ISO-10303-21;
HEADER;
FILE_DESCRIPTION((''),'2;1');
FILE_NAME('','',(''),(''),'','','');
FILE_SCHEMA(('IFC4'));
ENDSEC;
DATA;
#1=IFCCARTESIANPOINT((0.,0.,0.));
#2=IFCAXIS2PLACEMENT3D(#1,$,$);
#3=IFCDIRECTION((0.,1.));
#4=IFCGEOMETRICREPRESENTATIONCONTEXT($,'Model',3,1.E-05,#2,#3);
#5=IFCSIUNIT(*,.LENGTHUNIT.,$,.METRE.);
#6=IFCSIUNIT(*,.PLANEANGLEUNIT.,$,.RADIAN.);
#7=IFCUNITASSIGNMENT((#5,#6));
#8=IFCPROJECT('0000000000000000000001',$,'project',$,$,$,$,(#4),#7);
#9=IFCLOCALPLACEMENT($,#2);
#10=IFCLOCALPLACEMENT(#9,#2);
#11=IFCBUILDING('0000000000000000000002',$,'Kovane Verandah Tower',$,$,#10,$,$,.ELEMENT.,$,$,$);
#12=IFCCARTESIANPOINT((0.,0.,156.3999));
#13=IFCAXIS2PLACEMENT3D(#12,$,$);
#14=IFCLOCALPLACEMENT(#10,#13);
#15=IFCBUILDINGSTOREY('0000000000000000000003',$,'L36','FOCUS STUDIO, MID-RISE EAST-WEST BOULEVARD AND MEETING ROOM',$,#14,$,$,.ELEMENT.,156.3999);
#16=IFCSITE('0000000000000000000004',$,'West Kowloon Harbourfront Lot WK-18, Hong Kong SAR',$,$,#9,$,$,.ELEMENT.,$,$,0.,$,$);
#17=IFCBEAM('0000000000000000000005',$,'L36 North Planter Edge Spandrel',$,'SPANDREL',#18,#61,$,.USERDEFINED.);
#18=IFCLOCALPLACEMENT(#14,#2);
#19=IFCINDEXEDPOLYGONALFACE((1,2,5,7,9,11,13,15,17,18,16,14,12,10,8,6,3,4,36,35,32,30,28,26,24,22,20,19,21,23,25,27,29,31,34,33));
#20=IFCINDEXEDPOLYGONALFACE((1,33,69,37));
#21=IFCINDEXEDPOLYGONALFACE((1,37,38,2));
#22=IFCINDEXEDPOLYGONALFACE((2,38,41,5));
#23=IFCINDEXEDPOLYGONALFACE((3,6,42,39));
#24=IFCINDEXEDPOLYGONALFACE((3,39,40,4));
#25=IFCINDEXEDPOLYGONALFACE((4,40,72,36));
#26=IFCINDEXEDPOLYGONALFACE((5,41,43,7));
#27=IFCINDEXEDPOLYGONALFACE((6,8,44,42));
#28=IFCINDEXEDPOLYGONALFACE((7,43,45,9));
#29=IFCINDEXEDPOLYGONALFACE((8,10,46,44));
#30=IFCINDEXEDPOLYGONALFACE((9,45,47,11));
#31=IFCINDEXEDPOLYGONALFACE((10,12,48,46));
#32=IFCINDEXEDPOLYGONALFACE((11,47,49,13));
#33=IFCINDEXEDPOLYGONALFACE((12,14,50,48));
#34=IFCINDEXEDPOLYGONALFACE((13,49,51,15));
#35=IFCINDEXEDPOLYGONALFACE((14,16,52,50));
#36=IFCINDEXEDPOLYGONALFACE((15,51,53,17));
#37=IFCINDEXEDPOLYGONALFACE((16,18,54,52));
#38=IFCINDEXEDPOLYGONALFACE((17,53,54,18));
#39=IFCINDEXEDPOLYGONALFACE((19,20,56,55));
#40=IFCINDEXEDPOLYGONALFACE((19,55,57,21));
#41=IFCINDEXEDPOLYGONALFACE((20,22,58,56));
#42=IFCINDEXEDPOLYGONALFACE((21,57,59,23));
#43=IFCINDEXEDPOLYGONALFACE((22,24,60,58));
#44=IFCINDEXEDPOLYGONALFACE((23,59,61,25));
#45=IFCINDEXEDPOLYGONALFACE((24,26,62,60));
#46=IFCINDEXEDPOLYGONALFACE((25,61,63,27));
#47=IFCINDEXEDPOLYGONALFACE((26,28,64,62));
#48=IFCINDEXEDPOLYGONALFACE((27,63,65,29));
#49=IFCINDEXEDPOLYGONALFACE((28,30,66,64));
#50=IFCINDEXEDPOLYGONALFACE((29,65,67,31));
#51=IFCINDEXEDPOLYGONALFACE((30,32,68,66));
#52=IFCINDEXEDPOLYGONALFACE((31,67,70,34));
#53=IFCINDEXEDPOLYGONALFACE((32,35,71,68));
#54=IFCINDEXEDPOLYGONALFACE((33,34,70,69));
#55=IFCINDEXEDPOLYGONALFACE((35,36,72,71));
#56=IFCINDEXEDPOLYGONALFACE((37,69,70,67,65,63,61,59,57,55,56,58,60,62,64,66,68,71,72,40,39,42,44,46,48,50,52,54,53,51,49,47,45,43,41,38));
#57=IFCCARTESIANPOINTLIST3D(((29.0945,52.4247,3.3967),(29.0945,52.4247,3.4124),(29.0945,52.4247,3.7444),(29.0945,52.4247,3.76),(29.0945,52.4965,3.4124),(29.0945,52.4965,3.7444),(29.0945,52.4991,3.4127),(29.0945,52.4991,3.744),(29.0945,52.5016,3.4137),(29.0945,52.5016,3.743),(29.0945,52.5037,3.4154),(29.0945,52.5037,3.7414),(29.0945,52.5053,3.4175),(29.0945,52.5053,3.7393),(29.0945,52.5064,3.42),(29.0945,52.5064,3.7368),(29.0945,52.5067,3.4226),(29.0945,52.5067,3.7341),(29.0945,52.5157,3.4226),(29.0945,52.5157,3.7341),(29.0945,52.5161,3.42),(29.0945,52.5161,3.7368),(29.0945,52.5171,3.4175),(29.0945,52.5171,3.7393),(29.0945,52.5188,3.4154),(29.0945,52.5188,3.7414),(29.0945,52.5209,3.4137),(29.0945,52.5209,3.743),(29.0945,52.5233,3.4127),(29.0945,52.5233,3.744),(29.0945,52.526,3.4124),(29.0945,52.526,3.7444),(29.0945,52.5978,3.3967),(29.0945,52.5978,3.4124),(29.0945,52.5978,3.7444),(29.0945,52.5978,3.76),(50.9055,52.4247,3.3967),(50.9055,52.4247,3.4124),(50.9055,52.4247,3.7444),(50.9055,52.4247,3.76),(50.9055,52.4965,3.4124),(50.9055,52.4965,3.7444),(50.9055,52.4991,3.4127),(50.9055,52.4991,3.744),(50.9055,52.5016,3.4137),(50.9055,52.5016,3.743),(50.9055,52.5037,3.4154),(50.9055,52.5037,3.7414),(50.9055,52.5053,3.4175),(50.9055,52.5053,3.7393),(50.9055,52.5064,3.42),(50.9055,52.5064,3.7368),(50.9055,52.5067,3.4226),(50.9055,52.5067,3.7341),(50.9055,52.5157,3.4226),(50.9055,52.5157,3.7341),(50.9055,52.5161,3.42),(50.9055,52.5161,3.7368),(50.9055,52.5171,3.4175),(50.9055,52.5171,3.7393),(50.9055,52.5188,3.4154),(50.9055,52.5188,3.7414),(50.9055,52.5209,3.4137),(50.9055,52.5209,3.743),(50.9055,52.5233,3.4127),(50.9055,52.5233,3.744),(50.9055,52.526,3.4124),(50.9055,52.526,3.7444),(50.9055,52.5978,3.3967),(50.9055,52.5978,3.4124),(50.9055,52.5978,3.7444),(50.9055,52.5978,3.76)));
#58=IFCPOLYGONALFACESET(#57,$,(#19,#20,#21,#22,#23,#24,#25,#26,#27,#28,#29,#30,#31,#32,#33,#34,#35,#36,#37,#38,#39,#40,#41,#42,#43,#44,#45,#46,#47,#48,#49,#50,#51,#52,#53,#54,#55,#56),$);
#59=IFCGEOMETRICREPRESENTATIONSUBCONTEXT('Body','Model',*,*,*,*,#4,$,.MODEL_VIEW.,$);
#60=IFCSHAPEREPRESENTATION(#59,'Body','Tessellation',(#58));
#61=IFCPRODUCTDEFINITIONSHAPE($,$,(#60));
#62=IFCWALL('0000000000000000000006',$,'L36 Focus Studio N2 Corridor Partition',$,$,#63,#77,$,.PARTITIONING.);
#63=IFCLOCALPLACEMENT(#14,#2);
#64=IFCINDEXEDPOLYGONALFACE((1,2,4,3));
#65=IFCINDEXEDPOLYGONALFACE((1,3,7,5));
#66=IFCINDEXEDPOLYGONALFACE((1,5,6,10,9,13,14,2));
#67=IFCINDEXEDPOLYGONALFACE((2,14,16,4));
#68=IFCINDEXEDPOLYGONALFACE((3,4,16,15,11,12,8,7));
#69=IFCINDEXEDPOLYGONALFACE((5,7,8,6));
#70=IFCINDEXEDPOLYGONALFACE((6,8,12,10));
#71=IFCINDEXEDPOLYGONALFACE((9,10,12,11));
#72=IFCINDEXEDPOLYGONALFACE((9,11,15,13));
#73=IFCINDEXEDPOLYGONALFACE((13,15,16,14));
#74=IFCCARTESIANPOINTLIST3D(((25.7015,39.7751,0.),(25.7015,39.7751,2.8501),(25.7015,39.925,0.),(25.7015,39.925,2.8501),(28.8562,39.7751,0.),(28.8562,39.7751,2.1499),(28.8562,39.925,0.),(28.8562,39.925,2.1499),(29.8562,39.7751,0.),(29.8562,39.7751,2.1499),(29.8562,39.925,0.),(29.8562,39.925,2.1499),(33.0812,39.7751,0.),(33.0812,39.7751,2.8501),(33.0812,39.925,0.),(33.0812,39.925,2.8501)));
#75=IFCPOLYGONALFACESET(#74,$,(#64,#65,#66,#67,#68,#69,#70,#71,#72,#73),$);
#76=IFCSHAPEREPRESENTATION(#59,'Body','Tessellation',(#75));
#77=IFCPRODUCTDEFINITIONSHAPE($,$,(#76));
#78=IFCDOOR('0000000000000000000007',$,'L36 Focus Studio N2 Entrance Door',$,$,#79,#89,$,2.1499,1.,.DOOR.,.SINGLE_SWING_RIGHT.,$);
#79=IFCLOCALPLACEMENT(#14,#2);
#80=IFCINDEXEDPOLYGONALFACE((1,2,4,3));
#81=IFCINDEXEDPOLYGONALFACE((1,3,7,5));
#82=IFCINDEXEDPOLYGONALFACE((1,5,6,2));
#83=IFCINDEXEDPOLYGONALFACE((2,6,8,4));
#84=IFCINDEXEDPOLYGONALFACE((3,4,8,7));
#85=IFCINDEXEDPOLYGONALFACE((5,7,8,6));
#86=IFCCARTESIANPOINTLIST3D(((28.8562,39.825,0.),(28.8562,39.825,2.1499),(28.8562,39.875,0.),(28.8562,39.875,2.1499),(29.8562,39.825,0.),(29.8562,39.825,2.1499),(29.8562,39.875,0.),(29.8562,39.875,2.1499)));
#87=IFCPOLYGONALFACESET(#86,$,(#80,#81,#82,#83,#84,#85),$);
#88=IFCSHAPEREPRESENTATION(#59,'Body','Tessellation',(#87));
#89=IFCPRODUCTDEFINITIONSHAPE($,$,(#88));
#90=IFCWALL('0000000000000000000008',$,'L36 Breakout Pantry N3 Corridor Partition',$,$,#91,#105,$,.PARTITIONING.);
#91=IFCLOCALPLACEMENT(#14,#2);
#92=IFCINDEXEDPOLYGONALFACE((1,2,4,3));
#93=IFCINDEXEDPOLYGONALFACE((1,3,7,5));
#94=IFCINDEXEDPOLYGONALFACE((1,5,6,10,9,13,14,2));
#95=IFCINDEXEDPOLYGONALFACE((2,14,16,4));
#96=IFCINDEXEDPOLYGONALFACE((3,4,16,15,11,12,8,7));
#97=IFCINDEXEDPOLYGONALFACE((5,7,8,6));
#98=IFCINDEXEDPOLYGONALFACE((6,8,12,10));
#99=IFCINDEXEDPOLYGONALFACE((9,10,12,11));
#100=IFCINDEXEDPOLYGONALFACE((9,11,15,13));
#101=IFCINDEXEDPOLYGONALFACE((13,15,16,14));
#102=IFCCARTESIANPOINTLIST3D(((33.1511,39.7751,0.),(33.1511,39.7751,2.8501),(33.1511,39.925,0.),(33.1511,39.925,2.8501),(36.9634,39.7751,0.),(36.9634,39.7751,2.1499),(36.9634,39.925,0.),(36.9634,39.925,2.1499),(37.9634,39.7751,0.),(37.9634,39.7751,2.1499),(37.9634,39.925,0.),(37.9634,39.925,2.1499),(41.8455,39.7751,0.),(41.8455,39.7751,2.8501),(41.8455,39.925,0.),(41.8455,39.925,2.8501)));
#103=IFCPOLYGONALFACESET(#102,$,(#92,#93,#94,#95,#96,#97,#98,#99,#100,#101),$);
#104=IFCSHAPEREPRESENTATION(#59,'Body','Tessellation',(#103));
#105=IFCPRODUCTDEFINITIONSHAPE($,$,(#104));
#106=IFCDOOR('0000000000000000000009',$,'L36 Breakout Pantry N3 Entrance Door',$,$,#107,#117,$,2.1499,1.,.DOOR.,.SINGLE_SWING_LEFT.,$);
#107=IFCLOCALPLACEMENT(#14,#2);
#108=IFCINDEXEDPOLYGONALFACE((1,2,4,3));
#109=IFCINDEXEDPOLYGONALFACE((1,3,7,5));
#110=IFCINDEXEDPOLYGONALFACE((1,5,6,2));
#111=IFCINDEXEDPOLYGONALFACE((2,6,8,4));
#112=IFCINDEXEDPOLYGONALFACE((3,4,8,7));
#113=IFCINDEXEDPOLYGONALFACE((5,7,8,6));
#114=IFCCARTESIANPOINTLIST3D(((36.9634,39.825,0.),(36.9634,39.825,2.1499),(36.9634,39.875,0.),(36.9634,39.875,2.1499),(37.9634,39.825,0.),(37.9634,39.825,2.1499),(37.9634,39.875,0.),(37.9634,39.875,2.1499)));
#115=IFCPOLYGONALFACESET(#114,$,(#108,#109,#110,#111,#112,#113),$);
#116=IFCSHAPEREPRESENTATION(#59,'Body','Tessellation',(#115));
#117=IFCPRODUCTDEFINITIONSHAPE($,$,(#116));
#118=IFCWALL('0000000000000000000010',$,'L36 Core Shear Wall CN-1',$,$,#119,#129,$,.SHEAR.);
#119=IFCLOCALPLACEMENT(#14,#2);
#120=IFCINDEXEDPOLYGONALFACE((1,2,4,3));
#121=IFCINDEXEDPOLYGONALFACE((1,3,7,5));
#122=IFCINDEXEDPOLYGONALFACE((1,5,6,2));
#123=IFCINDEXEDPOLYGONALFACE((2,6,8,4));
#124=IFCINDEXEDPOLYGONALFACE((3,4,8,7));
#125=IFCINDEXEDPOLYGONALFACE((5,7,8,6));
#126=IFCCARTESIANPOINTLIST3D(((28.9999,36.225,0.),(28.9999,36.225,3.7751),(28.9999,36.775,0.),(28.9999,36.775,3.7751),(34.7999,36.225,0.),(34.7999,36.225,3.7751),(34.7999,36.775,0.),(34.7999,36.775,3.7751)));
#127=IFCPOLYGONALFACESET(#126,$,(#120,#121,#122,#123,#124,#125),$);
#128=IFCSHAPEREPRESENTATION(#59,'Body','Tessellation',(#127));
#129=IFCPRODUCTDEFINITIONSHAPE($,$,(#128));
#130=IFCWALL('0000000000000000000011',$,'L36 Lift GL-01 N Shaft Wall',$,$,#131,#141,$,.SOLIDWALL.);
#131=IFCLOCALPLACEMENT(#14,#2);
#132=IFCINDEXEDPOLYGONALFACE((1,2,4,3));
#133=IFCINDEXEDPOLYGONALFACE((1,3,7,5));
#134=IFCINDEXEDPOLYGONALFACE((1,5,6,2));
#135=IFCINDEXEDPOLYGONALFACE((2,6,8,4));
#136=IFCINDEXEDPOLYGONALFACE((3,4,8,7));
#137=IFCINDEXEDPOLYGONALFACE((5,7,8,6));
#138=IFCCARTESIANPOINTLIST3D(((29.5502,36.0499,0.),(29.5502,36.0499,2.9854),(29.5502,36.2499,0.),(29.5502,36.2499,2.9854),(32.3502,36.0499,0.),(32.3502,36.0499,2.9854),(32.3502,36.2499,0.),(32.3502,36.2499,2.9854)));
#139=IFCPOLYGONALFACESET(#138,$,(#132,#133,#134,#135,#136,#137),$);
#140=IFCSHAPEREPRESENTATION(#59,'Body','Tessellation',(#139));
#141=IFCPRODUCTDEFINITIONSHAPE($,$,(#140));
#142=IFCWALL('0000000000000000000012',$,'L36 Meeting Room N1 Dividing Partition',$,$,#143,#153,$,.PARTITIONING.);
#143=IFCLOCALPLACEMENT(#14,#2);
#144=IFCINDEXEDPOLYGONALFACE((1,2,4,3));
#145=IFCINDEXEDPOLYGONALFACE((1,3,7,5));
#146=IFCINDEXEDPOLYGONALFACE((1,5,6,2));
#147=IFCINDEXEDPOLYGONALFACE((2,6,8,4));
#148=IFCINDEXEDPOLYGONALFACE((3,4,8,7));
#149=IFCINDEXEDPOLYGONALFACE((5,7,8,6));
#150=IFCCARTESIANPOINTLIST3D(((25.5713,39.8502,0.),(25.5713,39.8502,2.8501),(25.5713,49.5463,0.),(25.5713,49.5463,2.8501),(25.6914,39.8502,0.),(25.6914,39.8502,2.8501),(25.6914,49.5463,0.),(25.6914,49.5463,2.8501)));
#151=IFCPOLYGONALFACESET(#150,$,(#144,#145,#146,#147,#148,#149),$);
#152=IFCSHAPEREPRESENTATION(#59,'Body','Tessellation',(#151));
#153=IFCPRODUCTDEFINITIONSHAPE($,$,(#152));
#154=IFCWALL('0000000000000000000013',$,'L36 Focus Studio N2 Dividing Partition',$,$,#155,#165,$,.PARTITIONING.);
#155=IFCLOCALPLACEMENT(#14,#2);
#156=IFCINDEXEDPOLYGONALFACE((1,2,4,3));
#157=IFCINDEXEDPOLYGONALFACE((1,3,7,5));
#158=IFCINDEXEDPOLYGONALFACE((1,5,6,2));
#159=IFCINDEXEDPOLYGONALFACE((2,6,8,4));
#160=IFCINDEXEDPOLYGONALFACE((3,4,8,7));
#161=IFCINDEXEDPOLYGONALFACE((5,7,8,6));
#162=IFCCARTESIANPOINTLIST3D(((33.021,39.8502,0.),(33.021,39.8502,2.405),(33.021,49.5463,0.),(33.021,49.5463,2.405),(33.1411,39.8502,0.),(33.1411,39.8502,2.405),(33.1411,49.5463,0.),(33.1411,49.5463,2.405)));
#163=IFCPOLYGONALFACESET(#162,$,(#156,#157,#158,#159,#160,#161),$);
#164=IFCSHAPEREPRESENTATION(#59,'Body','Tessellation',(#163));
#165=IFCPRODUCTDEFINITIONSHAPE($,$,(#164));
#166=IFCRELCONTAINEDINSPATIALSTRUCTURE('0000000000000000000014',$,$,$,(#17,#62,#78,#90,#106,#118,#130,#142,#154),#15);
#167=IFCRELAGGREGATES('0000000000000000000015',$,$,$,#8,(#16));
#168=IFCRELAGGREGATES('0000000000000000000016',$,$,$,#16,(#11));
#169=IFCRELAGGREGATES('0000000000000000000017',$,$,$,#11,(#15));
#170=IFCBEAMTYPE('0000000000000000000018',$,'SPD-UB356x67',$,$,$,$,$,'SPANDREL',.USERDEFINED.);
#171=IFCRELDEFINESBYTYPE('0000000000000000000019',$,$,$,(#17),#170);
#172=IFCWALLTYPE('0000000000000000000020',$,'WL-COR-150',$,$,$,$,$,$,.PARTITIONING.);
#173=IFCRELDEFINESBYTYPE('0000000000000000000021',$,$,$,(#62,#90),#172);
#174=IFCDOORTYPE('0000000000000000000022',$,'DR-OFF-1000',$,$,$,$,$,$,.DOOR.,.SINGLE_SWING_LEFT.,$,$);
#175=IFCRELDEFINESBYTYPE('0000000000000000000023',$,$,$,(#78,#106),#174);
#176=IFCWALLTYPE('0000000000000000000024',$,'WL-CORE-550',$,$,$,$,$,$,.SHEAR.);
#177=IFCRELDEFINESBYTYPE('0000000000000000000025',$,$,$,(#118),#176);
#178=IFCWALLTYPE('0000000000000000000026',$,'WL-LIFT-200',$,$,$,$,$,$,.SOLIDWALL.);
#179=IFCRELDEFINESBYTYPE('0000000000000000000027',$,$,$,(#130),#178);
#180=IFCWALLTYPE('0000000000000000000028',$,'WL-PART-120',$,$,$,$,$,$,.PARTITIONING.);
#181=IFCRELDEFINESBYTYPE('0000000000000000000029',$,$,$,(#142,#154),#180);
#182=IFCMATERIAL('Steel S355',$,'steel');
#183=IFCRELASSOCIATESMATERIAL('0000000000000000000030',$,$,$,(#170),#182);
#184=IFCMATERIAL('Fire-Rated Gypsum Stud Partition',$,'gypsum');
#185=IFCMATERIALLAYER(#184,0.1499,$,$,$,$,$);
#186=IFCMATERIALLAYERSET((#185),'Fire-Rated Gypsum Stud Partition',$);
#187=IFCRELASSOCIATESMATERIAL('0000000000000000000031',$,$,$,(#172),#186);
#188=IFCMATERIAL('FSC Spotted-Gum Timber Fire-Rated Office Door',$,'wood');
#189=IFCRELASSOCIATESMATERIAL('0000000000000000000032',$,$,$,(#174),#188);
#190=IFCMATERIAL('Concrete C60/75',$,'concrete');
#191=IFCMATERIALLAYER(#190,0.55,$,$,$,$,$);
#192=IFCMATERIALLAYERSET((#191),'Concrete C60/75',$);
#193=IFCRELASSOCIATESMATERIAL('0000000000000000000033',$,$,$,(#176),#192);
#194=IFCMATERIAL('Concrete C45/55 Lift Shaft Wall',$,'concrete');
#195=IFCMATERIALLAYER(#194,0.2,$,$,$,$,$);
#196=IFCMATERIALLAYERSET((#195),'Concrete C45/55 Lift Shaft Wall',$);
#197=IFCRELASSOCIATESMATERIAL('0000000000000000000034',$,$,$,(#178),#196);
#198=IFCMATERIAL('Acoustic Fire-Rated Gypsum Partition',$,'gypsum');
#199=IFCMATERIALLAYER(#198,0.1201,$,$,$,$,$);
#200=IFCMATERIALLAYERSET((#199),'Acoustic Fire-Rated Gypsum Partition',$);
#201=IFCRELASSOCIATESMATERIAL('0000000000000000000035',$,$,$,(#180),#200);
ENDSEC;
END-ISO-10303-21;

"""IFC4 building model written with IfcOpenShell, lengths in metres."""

from ifc_helpers import new_model, si_unit, direction, frame, frame_2d, origin, origin_2d, place, context, subcontext, project, spatial, rectangle, i_section, extrude, material, layer, layer_set, material_profile, profile_set, type_object, element, fill, save


model = new_model("IFC4")

# Units and contexts
model_context = context("Model", 3, precision=1e-05, world=origin(), true_north=direction((0.0, 1.0)))
body_context = subcontext(model_context, "Body", "Model", "MODEL_VIEW")
ifc_project = project(units=[si_unit("LENGTHUNIT", "METRE"), si_unit("PLANEANGLEUNIT", "RADIAN")], contexts=[model_context])

# Site, building, storey
site_placement = place(None, origin())
site = spatial("IfcSite", under=ifc_project, at=site_placement, Name="West Kowloon Harbourfront Lot WK-18, Hong Kong SAR", CompositionType="ELEMENT", RefElevation=0.0)
building_placement = place(site_placement, origin())
building = spatial("IfcBuilding", under=site, at=building_placement, Name="Kovane Verandah Tower", CompositionType="ELEMENT")
storey_placement = place(building_placement, frame((0.0, 0.0, 156.3999)))
storey = spatial("IfcBuildingStorey", under=building, at=storey_placement, Name="L36", Description="FOCUS STUDIO, MID-RISE EAST-WEST BOULEVARD AND MEETING ROOM", CompositionType="ELEMENT", Elevation=156.3999)

# Beam
ifc_material_1 = material(Name="Concrete C60/75", Category="concrete")
ifc_material_2 = material(Name="Steel S355", Category="steel")
ifc_material_profile_1 = material_profile(ifc_material_2, i_section(OverallWidth=0.1731, OverallDepth=0.3633, WebThickness=0.009, FlangeThickness=0.0156, FilletRadius=0.0103, at=origin_2d()), Name="UB356x171x67")
ifc_profile_set_1 = profile_set([ifc_material_profile_1], Name="Steel S355")
beam_type_1 = type_object("IfcBeamType", Name="SPD-UB356x67", ElementType="SPANDREL", PredefinedType="USERDEFINED", material=ifc_profile_set_1)
beam_1_placement = place(storey_placement, frame((29.0945, 52.5112, 3.5784), z_axis=(1.0, 0.0, 0.0), x_axis=(0.0, 1.0, 0.0)))
element("IfcBeam", 1, at=beam_1_placement, inside=storey, type_object=beam_type_1, Name="L36 North Planter Edge Spandrel", ObjectType="SPANDREL", PredefinedType="USERDEFINED", context=body_context, shape_type="SweptSolid", body=[
    extrude(i_section(OverallWidth=0.1731, OverallDepth=0.3633, WebThickness=0.009, FlangeThickness=0.0156, FilletRadius=0.0103, at=origin_2d()), origin(), (0.0, 0.0, 1.0), 21.811),
])

# Walls, openings, doors
ifc_material_3 = material(Name="Fire-Rated Gypsum Stud Partition", Category="gypsum")
ifc_layer_1 = layer(ifc_material_3, 0.1499)
ifc_layer_set_1 = layer_set([ifc_layer_1], Name="Fire-Rated Gypsum Stud Partition")
wall_type_1 = type_object("IfcWallType", Name="WL-COR-150", PredefinedType="PARTITIONING", material=ifc_layer_set_1)
wall_1_placement = place(storey_placement, frame((25.7014, 39.8501, 0.0), z_axis=(0.0, 0.0, 1.0), x_axis=(1.0, 0.0, 0.0)))
wall_1 = element("IfcWall", 2, at=wall_1_placement, inside=storey, type_object=wall_type_1, Name="L36 Focus Studio N2 Corridor Partition", PredefinedType="PARTITIONING", context=body_context, shape_type="SweptSolid", body=[
    extrude(rectangle(XDim=7.3796, YDim=0.1499, at=frame_2d((3.6899, 0.0))), origin(), (0.0, 0.0, 1.0), 2.8501),
])
opening_1_placement = place(wall_1_placement, frame((3.1548, 0.0, 0.0)))
opening_1 = element("IfcOpeningElement", 3, at=opening_1_placement, cuts=wall_1, PredefinedType="OPENING", context=body_context, shape_type="SweptSolid", body=[
    extrude(rectangle(XDim=1.0, YDim=2.1499, at=frame_2d((0.5, 1.075))), frame((0.0, 0.075, 0.0), z_axis=(0.0, -1.0, 0.0), x_axis=(1.0, 0.0, 0.0)), (0.0, 0.0, 1.0), 0.1499),
])
ifc_material_4 = material(Name="FSC Spotted-Gum Timber Fire-Rated Office Door", Category="wood")
door_type_1 = type_object("IfcDoorType", Name="DR-OFF-1000", OperationType="SINGLE_SWING_LEFT", PredefinedType="DOOR", material=ifc_material_4)
door_1_placement = place(opening_1_placement, origin())
door_1 = element("IfcDoor", 4, at=door_1_placement, inside=storey, type_object=door_type_1, Name="L36 Focus Studio N2 Entrance Door", OperationType="SINGLE_SWING_RIGHT", OverallHeight=2.1499, OverallWidth=1.0, PredefinedType="DOOR", context=body_context, shape_type="SweptSolid", body=[
    extrude(rectangle(XDim=1.0, YDim=2.1499, at=frame_2d((0.5, 1.075))), frame((0.0, 0.0249, 0.0), z_axis=(0.0, -1.0, 0.0), x_axis=(1.0, 0.0, 0.0)), (0.0, 0.0, 1.0), 0.05),
])
fill(opening_1, door_1)
wall_2_placement = place(storey_placement, frame((33.1511, 39.8501, 0.0), z_axis=(0.0, 0.0, 1.0), x_axis=(1.0, 0.0, 0.0)))
wall_2 = element("IfcWall", 5, at=wall_2_placement, inside=storey, type_object=wall_type_1, Name="L36 Breakout Pantry N3 Corridor Partition", PredefinedType="PARTITIONING", context=body_context, shape_type="SweptSolid", body=[
    extrude(rectangle(XDim=8.6943, YDim=0.1499, at=frame_2d((4.3472, 0.0))), origin(), (0.0, 0.0, 1.0), 2.8501),
])
opening_2_placement = place(wall_2_placement, frame((3.8123, 0.0, 0.0)))
opening_2 = element("IfcOpeningElement", 6, at=opening_2_placement, cuts=wall_2, PredefinedType="OPENING", context=body_context, shape_type="SweptSolid", body=[
    extrude(rectangle(XDim=1.0, YDim=2.1499, at=frame_2d((0.5, 1.075))), frame((0.0, 0.075, 0.0), z_axis=(0.0, -1.0, 0.0), x_axis=(1.0, 0.0, 0.0)), (0.0, 0.0, 1.0), 0.1499),
])
door_2_placement = place(opening_2_placement, origin())
door_2 = element("IfcDoor", 7, at=door_2_placement, inside=storey, type_object=door_type_1, Name="L36 Breakout Pantry N3 Entrance Door", OperationType="SINGLE_SWING_LEFT", OverallHeight=2.1499, OverallWidth=1.0, PredefinedType="DOOR", context=body_context, shape_type="SweptSolid", body=[
    extrude(rectangle(XDim=1.0, YDim=2.1499, at=frame_2d((0.5, 1.075))), frame((0.0, 0.0249, 0.0), z_axis=(0.0, -1.0, 0.0), x_axis=(1.0, 0.0, 0.0)), (0.0, 0.0, 1.0), 0.05),
])
fill(opening_2, door_2)

# Wall
ifc_layer_2 = layer(ifc_material_1, 0.55)
ifc_layer_set_2 = layer_set([ifc_layer_2], Name="Concrete C60/75")
wall_type_2 = type_object("IfcWallType", Name="WL-CORE-550", PredefinedType="SHEAR", material=ifc_layer_set_2)
wall_3_placement = place(storey_placement, frame((29.0, 36.5, 0.0), z_axis=(0.0, 0.0, 1.0), x_axis=(1.0, 0.0, 0.0)))
element("IfcWall", 8, at=wall_3_placement, inside=storey, type_object=wall_type_2, Name="L36 Core Shear Wall CN-1", PredefinedType="SHEAR", context=body_context, shape_type="SweptSolid", body=[
    extrude(rectangle(XDim=5.8, YDim=0.55, at=frame_2d((2.8999, 0.0))), origin(), (0.0, 0.0, 1.0), 3.7751),
])

# Walls
ifc_material_5 = material(Name="Concrete C45/55 Lift Shaft Wall", Category="concrete")
ifc_layer_3 = layer(ifc_material_5, 0.2)
ifc_layer_set_3 = layer_set([ifc_layer_3], Name="Concrete C45/55 Lift Shaft Wall")
wall_type_3 = type_object("IfcWallType", Name="WL-LIFT-200", PredefinedType="SOLIDWALL", material=ifc_layer_set_3)
wall_4_placement = place(storey_placement, frame((32.3501, 36.1499, 0.0), z_axis=(0.0, 0.0, 1.0), x_axis=(-1.0, 0.0, 0.0)))
element("IfcWall", 9, at=wall_4_placement, inside=storey, type_object=wall_type_3, Name="L36 Lift GL-01 N Shaft Wall", PredefinedType="SOLIDWALL", context=body_context, shape_type="SweptSolid", body=[
    extrude(rectangle(XDim=2.8, YDim=0.2, at=frame_2d((1.3999, 0.0))), origin(), (0.0, 0.0, 1.0), 2.9854),
])
ifc_material_6 = material(Name="Acoustic Fire-Rated Gypsum Partition", Category="gypsum")
ifc_layer_4 = layer(ifc_material_6, 0.1201)
ifc_layer_set_4 = layer_set([ifc_layer_4], Name="Acoustic Fire-Rated Gypsum Partition")
wall_type_4 = type_object("IfcWallType", Name="WL-PART-120", PredefinedType="PARTITIONING", material=ifc_layer_set_4)
wall_5_placement = place(storey_placement, frame((25.6313, 39.8501, 0.0), z_axis=(0.0, 0.0, 1.0), x_axis=(0.0, 1.0, 0.0)))
element("IfcWall", 10, at=wall_5_placement, inside=storey, type_object=wall_type_4, Name="L36 Meeting Room N1 Dividing Partition", PredefinedType="PARTITIONING", context=body_context, shape_type="SweptSolid", body=[
    extrude(rectangle(XDim=9.696, YDim=0.1201, at=frame_2d((4.8481, 0.0))), origin(), (0.0, 0.0, 1.0), 2.8501),
])
wall_6_placement = place(storey_placement, frame((33.0811, 39.8501, 0.0), z_axis=(0.0, 0.0, 1.0), x_axis=(0.0, 1.0, 0.0)))
element("IfcWall", 11, at=wall_6_placement, inside=storey, type_object=wall_type_4, Name="L36 Focus Studio N2 Dividing Partition", PredefinedType="PARTITIONING", context=body_context, shape_type="SweptSolid", body=[
    extrude(rectangle(XDim=9.696, YDim=0.1201, at=frame_2d((4.8481, 0.0))), origin(), (0.0, 0.0, 1.0), 2.405),
])

save(model, "model.ifc")
